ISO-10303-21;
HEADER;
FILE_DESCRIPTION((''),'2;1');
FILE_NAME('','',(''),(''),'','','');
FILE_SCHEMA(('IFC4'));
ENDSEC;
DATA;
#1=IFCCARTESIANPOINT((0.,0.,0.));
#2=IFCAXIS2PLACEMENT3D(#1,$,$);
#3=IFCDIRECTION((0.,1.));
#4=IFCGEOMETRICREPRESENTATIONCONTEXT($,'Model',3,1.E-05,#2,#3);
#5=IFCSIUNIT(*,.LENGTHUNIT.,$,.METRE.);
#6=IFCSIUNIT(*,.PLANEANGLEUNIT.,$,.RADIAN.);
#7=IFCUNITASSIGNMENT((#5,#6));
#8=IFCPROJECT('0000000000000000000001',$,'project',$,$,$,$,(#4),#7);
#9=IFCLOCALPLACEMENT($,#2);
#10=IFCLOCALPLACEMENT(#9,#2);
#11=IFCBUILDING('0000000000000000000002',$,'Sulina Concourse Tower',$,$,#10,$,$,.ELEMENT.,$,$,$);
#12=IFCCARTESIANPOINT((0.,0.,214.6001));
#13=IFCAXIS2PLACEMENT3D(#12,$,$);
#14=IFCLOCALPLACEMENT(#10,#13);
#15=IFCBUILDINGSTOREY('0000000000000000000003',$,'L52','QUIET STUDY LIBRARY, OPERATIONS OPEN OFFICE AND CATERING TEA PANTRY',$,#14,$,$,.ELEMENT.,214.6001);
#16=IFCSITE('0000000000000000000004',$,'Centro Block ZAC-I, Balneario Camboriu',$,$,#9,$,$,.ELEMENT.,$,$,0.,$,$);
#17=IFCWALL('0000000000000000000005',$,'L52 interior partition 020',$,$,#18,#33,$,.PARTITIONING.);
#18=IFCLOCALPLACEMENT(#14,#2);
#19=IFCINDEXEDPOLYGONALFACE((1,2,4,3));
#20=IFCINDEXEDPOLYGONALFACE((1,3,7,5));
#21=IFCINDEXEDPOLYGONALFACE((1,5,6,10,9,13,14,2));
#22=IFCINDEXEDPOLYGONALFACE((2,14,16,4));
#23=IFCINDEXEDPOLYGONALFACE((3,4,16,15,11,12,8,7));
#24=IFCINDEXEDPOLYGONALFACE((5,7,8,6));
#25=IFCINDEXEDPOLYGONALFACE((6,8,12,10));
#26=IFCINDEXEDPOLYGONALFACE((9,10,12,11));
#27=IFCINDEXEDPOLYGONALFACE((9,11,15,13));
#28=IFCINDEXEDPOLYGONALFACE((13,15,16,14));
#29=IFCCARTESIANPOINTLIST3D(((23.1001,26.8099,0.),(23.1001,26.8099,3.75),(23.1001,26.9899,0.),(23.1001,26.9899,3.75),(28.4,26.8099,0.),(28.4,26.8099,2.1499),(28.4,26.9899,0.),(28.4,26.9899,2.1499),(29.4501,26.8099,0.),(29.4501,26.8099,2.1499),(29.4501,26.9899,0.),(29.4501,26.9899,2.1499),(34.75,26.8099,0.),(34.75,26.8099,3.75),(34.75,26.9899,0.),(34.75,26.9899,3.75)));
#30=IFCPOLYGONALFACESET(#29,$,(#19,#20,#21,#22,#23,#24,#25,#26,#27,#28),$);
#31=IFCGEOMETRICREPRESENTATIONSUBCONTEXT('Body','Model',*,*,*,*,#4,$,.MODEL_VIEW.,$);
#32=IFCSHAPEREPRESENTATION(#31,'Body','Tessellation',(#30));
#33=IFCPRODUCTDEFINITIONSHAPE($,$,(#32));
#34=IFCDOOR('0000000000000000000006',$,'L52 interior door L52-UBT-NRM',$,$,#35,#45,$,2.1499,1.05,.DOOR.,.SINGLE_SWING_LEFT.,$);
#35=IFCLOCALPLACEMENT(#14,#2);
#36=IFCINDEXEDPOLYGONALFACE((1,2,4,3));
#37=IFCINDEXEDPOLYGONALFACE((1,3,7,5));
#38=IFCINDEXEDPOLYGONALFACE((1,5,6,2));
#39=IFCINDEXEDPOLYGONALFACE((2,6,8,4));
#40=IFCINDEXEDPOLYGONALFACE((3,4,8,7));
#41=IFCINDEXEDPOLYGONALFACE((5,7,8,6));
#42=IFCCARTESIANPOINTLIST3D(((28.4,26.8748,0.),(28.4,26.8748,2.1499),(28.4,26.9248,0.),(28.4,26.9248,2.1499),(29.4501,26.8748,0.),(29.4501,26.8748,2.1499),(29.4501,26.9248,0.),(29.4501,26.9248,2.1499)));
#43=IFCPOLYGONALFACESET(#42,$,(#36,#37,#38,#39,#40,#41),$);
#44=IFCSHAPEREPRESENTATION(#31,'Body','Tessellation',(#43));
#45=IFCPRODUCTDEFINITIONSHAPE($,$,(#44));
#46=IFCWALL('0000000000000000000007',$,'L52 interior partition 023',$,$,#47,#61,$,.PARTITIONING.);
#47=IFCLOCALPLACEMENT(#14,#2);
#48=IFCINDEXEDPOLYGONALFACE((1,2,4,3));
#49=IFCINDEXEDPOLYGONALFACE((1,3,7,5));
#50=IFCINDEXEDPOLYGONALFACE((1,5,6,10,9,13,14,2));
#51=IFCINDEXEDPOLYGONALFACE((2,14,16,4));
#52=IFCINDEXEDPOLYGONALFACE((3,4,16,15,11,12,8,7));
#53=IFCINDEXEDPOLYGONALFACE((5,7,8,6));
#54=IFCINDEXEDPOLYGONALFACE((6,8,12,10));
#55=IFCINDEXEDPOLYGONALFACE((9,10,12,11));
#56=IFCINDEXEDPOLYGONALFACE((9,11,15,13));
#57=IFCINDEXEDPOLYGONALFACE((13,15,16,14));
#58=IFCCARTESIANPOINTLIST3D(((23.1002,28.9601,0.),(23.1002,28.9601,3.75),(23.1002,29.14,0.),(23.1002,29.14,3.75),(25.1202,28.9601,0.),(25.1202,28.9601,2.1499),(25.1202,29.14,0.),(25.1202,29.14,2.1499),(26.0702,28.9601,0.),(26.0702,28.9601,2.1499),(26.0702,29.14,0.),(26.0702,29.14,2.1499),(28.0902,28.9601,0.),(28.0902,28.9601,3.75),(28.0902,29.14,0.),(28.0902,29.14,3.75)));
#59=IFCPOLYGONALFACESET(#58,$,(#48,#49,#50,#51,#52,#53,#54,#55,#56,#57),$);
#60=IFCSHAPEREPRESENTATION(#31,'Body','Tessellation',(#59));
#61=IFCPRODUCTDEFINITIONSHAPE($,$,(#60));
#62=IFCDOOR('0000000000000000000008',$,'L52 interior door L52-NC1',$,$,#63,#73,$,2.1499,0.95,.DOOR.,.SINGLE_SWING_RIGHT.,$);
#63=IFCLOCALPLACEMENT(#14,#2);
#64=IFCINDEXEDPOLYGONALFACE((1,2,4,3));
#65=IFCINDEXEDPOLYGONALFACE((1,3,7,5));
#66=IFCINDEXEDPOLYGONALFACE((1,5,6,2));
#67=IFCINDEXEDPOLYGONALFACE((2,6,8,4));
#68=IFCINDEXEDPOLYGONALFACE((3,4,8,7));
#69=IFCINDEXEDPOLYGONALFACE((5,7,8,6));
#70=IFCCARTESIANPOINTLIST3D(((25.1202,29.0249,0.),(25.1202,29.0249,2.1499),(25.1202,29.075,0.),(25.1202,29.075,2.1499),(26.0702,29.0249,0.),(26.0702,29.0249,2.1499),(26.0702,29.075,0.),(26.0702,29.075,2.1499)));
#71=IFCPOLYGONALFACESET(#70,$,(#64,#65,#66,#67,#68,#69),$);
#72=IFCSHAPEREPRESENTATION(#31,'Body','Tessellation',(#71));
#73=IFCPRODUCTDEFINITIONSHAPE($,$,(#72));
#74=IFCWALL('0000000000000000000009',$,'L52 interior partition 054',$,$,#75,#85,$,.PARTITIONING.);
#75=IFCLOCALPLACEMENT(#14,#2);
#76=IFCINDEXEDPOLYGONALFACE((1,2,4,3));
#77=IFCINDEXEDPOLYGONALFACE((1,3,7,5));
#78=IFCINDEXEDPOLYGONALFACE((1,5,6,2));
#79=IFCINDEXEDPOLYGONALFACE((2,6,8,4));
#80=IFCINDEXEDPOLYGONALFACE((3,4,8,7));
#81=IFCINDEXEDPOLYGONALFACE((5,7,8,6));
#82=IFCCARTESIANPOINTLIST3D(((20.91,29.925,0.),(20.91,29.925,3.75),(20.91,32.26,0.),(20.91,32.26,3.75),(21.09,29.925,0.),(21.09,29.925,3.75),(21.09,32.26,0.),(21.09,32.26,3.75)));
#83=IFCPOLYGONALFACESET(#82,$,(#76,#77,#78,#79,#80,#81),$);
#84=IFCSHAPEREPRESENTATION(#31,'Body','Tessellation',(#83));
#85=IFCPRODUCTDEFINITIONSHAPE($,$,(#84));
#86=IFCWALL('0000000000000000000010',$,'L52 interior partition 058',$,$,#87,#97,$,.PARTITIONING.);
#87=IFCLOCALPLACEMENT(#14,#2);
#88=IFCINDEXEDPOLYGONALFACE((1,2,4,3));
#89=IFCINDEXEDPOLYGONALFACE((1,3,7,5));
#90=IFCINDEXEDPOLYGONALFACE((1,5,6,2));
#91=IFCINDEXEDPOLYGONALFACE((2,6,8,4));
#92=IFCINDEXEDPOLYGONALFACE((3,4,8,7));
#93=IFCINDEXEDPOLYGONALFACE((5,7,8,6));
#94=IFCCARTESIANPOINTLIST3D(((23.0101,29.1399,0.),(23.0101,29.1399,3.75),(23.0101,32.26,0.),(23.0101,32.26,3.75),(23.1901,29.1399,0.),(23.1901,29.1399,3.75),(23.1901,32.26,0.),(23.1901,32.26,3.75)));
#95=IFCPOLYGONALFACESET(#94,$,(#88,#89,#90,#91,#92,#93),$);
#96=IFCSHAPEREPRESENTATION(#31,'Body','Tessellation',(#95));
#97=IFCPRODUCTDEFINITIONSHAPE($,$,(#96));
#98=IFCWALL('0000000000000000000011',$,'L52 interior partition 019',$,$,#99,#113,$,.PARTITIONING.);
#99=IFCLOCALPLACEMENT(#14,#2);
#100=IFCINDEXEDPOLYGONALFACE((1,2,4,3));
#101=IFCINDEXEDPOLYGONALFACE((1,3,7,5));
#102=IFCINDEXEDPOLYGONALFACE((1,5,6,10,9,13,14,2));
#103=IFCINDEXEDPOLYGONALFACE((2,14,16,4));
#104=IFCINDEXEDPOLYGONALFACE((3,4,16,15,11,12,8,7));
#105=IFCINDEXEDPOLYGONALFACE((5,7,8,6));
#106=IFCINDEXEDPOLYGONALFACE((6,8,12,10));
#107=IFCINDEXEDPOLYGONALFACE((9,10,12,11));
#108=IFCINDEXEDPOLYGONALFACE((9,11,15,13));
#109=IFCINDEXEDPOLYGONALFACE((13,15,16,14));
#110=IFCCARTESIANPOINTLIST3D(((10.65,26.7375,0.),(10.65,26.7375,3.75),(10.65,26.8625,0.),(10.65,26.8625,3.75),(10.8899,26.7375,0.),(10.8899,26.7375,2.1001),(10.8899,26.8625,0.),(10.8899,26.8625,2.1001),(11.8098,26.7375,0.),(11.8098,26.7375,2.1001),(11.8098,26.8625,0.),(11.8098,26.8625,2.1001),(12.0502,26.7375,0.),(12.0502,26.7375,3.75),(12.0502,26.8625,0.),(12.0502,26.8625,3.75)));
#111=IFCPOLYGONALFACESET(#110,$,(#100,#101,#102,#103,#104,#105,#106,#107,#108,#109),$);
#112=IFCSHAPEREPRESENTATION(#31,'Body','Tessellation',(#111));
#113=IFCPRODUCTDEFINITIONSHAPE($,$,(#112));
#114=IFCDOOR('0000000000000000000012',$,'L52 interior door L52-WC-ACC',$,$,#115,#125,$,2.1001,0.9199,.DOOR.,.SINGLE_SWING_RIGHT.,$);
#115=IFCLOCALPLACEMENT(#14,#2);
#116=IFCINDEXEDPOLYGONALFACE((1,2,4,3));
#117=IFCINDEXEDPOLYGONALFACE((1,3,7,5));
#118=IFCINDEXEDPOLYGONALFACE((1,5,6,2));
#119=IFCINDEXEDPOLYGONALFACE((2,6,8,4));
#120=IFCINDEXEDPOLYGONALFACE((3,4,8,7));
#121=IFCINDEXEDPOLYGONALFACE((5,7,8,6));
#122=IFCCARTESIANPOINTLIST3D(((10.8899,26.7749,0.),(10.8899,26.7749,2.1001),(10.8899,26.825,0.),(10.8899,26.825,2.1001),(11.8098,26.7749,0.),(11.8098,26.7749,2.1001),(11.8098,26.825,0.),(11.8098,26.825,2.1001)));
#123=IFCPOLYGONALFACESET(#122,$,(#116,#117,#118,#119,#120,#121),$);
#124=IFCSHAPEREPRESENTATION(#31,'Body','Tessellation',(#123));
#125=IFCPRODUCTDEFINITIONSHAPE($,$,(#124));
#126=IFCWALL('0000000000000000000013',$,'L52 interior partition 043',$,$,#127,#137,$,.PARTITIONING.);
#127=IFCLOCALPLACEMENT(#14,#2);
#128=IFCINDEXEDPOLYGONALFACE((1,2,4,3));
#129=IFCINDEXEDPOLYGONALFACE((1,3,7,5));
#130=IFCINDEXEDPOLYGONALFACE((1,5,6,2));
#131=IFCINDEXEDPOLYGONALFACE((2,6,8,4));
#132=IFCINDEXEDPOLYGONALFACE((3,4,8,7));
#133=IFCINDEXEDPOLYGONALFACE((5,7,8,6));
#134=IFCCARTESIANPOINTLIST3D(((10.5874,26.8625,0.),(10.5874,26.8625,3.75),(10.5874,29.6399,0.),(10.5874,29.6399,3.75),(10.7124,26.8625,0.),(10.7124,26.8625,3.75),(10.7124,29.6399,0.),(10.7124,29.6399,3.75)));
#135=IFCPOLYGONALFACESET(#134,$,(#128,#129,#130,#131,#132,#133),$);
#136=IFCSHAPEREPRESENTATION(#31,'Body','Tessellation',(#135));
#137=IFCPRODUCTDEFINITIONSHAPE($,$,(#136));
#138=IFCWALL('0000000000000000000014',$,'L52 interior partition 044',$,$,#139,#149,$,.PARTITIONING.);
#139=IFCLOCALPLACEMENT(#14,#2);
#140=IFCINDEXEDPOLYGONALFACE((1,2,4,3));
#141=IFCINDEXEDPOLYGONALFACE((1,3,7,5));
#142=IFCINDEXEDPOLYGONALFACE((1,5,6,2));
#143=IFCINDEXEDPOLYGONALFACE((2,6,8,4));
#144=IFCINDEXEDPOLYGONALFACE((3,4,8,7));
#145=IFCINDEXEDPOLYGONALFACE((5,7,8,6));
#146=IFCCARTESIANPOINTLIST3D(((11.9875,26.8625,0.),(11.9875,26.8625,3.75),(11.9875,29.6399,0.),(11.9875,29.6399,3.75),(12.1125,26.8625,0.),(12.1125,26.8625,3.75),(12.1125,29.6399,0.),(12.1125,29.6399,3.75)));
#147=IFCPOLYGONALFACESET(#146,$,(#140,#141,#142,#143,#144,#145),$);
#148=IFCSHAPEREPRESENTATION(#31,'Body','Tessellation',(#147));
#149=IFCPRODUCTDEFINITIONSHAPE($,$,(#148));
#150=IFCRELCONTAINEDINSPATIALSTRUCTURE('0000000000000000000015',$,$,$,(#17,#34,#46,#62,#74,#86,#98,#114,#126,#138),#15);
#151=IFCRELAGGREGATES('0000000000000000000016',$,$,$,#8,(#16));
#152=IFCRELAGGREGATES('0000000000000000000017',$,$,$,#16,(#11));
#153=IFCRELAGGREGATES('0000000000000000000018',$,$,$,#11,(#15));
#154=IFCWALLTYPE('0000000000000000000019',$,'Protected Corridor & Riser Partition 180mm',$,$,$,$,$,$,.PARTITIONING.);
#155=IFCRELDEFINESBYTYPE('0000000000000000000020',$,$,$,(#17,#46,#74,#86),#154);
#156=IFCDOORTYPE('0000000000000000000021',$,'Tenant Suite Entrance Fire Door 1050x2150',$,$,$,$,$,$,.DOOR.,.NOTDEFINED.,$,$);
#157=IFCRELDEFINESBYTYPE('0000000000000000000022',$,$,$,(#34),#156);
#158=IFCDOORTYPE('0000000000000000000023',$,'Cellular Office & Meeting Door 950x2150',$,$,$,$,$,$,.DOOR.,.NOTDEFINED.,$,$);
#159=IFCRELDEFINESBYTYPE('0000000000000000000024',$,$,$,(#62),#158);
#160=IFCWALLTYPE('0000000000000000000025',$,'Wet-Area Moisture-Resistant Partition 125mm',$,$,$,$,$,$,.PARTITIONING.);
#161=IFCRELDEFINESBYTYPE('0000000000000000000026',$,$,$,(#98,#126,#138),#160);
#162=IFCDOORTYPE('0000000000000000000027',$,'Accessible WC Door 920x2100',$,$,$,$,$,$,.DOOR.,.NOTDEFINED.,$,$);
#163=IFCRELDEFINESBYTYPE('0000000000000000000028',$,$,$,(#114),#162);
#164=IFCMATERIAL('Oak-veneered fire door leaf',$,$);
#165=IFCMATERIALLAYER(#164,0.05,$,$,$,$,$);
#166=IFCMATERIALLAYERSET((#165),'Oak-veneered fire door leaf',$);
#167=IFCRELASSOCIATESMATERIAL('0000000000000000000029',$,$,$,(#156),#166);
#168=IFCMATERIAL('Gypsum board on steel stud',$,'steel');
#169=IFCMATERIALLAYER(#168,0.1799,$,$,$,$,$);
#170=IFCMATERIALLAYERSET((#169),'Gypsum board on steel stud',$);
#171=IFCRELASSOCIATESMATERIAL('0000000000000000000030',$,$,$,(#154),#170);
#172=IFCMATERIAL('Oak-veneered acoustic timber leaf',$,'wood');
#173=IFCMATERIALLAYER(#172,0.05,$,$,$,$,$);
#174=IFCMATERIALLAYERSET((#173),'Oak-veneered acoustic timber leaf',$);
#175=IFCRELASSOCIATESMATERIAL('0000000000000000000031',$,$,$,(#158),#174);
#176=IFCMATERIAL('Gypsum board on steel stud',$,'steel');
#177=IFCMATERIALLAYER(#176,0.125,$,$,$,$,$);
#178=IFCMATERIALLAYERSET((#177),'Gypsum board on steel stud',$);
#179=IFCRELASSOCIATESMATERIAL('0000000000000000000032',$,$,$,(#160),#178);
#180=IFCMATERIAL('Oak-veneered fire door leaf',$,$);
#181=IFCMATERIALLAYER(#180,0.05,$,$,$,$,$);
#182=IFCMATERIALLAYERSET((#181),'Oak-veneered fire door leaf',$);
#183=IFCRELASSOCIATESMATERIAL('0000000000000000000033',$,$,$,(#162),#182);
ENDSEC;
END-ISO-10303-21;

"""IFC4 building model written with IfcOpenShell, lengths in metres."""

from ifc_helpers import new_model, si_unit, direction, frame, frame_2d, origin, place, context, subcontext, project, spatial, rectangle, extrude, material, layer, layer_set, type_object, element, fill, save


model = new_model("IFC4")

# Units and contexts
model_context = context("Model", 3, precision=1e-05, world=origin(), true_north=direction((0.0, 1.0)))
body_context = subcontext(model_context, "Body", "Model", "MODEL_VIEW")
ifc_project = project(units=[si_unit("LENGTHUNIT", "METRE"), si_unit("PLANEANGLEUNIT", "RADIAN")], contexts=[model_context])

# Site, building, storey
site_placement = place(None, origin())
site = spatial("IfcSite", under=ifc_project, at=site_placement, Name="Centro Block ZAC-I, Balneario Camboriu", CompositionType="ELEMENT", RefElevation=0.0)
building_placement = place(site_placement, origin())
building = spatial("IfcBuilding", under=site, at=building_placement, Name="Sulina Concourse Tower", CompositionType="ELEMENT")
storey_placement = place(building_placement, frame((0.0, 0.0, 214.6001)))
storey = spatial("IfcBuildingStorey", under=building, at=storey_placement, Name="L52", Description="QUIET STUDY LIBRARY, OPERATIONS OPEN OFFICE AND CATERING TEA PANTRY", CompositionType="ELEMENT", Elevation=214.6001)

# Shared definitions
ifc_material_1 = material(Name="Oak-veneered fire door leaf")
ifc_layer_1 = layer(ifc_material_1, 0.05)
ifc_layer_set_1 = layer_set([ifc_layer_1], Name="Oak-veneered fire door leaf")
door_type_1 = type_object("IfcDoorType", Name="Tenant Suite Entrance Fire Door 1050x2150", OperationType="NOTDEFINED", PredefinedType="DOOR", material=ifc_layer_set_1)

# Walls, openings, doors
ifc_material_2 = material(Name="Gypsum board on steel stud", Category="steel")
ifc_layer_2 = layer(ifc_material_2, 0.1799)
ifc_layer_set_2 = layer_set([ifc_layer_2], Name="Gypsum board on steel stud")
wall_type_1 = type_object("IfcWallType", Name="Protected Corridor & Riser Partition 180mm", PredefinedType="PARTITIONING", material=ifc_layer_set_2)
wall_1_placement = place(storey_placement, frame((23.1001, 26.8999, 0.0), z_axis=(0.0, 0.0, 1.0), x_axis=(1.0, 0.0, 0.0)))
wall_1 = element("IfcWall", 1, at=wall_1_placement, inside=storey, type_object=wall_type_1, Name="L52 interior partition 020", PredefinedType="PARTITIONING", context=body_context, shape_type="SweptSolid", body=[
    extrude(rectangle(XDim=11.6499, YDim=0.1799, at=frame_2d((5.825, 0.0))), origin(), (0.0, 0.0, 1.0), 3.75),
])
opening_1_placement = place(wall_1_placement, frame((5.3, 0.0, 0.0)))
opening_1 = element("IfcOpeningElement", 2, at=opening_1_placement, cuts=wall_1, PredefinedType="OPENING", context=body_context, shape_type="SweptSolid", body=[
    extrude(rectangle(XDim=1.05, YDim=2.1499, at=frame_2d((0.5249, 1.075))), frame((0.0, 0.0999, 0.0), z_axis=(0.0, -1.0, 0.0), x_axis=(1.0, 0.0, 0.0)), (0.0, 0.0, 1.0), 0.2),
])
door_1_placement = place(opening_1_placement, origin())
door_1 = element("IfcDoor", 3, at=door_1_placement, inside=storey, type_object=door_type_1, Name="L52 interior door L52-UBT-NRM", OperationType="SINGLE_SWING_LEFT", OverallHeight=2.1499, OverallWidth=1.05, PredefinedType="DOOR", context=body_context, shape_type="SweptSolid", body=[
    extrude(rectangle(XDim=1.05, YDim=2.1499, at=frame_2d((0.5249, 1.075))), frame((0.0, 0.0249, 0.0), z_axis=(0.0, -1.0, 0.0), x_axis=(1.0, 0.0, 0.0)), (0.0, 0.0, 1.0), 0.05),
])
fill(opening_1, door_1)
wall_2_placement = place(storey_placement, frame((23.1001, 29.05, 0.0), z_axis=(0.0, 0.0, 1.0), x_axis=(1.0, 0.0, 0.0)))
wall_2 = element("IfcWall", 4, at=wall_2_placement, inside=storey, type_object=wall_type_1, Name="L52 interior partition 023", PredefinedType="PARTITIONING", context=body_context, shape_type="SweptSolid", body=[
    extrude(rectangle(XDim=4.99, YDim=0.1799, at=frame_2d((2.4951, 0.0))), origin(), (0.0, 0.0, 1.0), 3.75),
])
opening_2_placement = place(wall_2_placement, frame((2.02, 0.0, 0.0)))
opening_2 = element("IfcOpeningElement", 5, at=opening_2_placement, cuts=wall_2, PredefinedType="OPENING", context=body_context, shape_type="SweptSolid", body=[
    extrude(rectangle(XDim=0.95, YDim=2.1499, at=frame_2d((0.4751, 1.075))), frame((0.0, 0.0999, 0.0), z_axis=(0.0, -1.0, 0.0), x_axis=(1.0, 0.0, 0.0)), (0.0, 0.0, 1.0), 0.2),
])
ifc_material_3 = material(Name="Oak-veneered acoustic timber leaf", Category="wood")
ifc_layer_3 = layer(ifc_material_3, 0.05)
ifc_layer_set_3 = layer_set([ifc_layer_3], Name="Oak-veneered acoustic timber leaf")
door_type_2 = type_object("IfcDoorType", Name="Cellular Office & Meeting Door 950x2150", OperationType="NOTDEFINED", PredefinedType="DOOR", material=ifc_layer_set_3)
door_2_placement = place(opening_2_placement, origin())
door_2 = element("IfcDoor", 6, at=door_2_placement, inside=storey, type_object=door_type_2, Name="L52 interior door L52-NC1", OperationType="SINGLE_SWING_RIGHT", OverallHeight=2.1499, OverallWidth=0.95, PredefinedType="DOOR", context=body_context, shape_type="SweptSolid", body=[
    extrude(rectangle(XDim=0.95, YDim=2.1499, at=frame_2d((0.4751, 1.075))), frame((0.0, 0.0249, 0.0), z_axis=(0.0, -1.0, 0.0), x_axis=(1.0, 0.0, 0.0)), (0.0, 0.0, 1.0), 0.05),
])
fill(opening_2, door_2)

# Walls
wall_3_placement = place(storey_placement, frame((21.0, 29.925, 0.0), z_axis=(0.0, 0.0, 1.0), x_axis=(0.0, 1.0, 0.0)))
element("IfcWall", 7, at=wall_3_placement, inside=storey, type_object=wall_type_1, Name="L52 interior partition 054", PredefinedType="PARTITIONING", context=body_context, shape_type="SweptSolid", body=[
    extrude(rectangle(XDim=2.335, YDim=0.1799, at=frame_2d((1.1675, 0.0))), origin(), (0.0, 0.0, 1.0), 3.75),
])
wall_4_placement = place(storey_placement, frame((23.1001, 29.1399, 0.0), z_axis=(0.0, 0.0, 1.0), x_axis=(0.0, 1.0, 0.0)))
element("IfcWall", 8, at=wall_4_placement, inside=storey, type_object=wall_type_1, Name="L52 interior partition 058", PredefinedType="PARTITIONING", context=body_context, shape_type="SweptSolid", body=[
    extrude(rectangle(XDim=3.1201, YDim=0.1799, at=frame_2d((1.5601, 0.0))), origin(), (0.0, 0.0, 1.0), 3.75),
])

# Wall, opening, door
ifc_material_4 = material(Name="Gypsum board on steel stud", Category="steel")
ifc_layer_4 = layer(ifc_material_4, 0.125)
ifc_layer_set_4 = layer_set([ifc_layer_4], Name="Gypsum board on steel stud")
wall_type_2 = type_object("IfcWallType", Name="Wet-Area Moisture-Resistant Partition 125mm", PredefinedType="PARTITIONING", material=ifc_layer_set_4)
wall_5_placement = place(storey_placement, frame((10.6499, 26.8, 0.0), z_axis=(0.0, 0.0, 1.0), x_axis=(1.0, 0.0, 0.0)))
wall_5 = element("IfcWall", 9, at=wall_5_placement, inside=storey, type_object=wall_type_2, Name="L52 interior partition 019", PredefinedType="PARTITIONING", context=body_context, shape_type="SweptSolid", body=[
    extrude(rectangle(XDim=1.4001, YDim=0.125, at=frame_2d((0.7002, 0.0))), origin(), (0.0, 0.0, 1.0), 3.75),
])
opening_3_placement = place(wall_5_placement, frame((0.24, 0.0, 0.0)))
opening_3 = element("IfcOpeningElement", 10, at=opening_3_placement, cuts=wall_5, PredefinedType="OPENING", context=body_context, shape_type="SweptSolid", body=[
    extrude(rectangle(XDim=0.9199, YDim=2.1001, at=frame_2d((0.46, 1.05))), frame((0.0, 0.0725, 0.0), z_axis=(0.0, -1.0, 0.0), x_axis=(1.0, 0.0, 0.0)), (0.0, 0.0, 1.0), 0.145),
])
ifc_material_5 = material(Name="Oak-veneered fire door leaf")
ifc_layer_5 = layer(ifc_material_5, 0.05)
ifc_layer_set_5 = layer_set([ifc_layer_5], Name="Oak-veneered fire door leaf")
door_type_3 = type_object("IfcDoorType", Name="Accessible WC Door 920x2100", OperationType="NOTDEFINED", PredefinedType="DOOR", material=ifc_layer_set_5)
door_3_placement = place(opening_3_placement, origin())
door_3 = element("IfcDoor", 11, at=door_3_placement, inside=storey, type_object=door_type_3, Name="L52 interior door L52-WC-ACC", OperationType="SINGLE_SWING_RIGHT", OverallHeight=2.1001, OverallWidth=0.9199, PredefinedType="DOOR", context=body_context, shape_type="SweptSolid", body=[
    extrude(rectangle(XDim=0.9199, YDim=2.1001, at=frame_2d((0.46, 1.05))), frame((0.0, 0.0249, 0.0), z_axis=(0.0, -1.0, 0.0), x_axis=(1.0, 0.0, 0.0)), (0.0, 0.0, 1.0), 0.05),
])
fill(opening_3, door_3)

# Walls
for number, where, z_axis, x_axis, name in (
    (12, (10.6499, 26.8625, 0.0), (0.0, 0.0, 1.0), (0.0, 1.0, 0.0), "L52 interior partition 043"),
    (13, (12.05, 26.8625, 0.0), (0.0, 0.0, 1.0), (0.0, 1.0, 0.0), "L52 interior partition 044"),
):
    element("IfcWall", number, at=place(storey_placement, frame(where, z_axis=z_axis, x_axis=x_axis)), inside=storey, type_object=wall_type_2, Name=name, PredefinedType="PARTITIONING", context=body_context, shape_type="SweptSolid", body=[
        extrude(rectangle(XDim=2.7773, YDim=0.125, at=frame_2d((1.3887, 0.0))), origin(), (0.0, 0.0, 1.0), 3.75),
    ])

save(model, "model.ifc")
